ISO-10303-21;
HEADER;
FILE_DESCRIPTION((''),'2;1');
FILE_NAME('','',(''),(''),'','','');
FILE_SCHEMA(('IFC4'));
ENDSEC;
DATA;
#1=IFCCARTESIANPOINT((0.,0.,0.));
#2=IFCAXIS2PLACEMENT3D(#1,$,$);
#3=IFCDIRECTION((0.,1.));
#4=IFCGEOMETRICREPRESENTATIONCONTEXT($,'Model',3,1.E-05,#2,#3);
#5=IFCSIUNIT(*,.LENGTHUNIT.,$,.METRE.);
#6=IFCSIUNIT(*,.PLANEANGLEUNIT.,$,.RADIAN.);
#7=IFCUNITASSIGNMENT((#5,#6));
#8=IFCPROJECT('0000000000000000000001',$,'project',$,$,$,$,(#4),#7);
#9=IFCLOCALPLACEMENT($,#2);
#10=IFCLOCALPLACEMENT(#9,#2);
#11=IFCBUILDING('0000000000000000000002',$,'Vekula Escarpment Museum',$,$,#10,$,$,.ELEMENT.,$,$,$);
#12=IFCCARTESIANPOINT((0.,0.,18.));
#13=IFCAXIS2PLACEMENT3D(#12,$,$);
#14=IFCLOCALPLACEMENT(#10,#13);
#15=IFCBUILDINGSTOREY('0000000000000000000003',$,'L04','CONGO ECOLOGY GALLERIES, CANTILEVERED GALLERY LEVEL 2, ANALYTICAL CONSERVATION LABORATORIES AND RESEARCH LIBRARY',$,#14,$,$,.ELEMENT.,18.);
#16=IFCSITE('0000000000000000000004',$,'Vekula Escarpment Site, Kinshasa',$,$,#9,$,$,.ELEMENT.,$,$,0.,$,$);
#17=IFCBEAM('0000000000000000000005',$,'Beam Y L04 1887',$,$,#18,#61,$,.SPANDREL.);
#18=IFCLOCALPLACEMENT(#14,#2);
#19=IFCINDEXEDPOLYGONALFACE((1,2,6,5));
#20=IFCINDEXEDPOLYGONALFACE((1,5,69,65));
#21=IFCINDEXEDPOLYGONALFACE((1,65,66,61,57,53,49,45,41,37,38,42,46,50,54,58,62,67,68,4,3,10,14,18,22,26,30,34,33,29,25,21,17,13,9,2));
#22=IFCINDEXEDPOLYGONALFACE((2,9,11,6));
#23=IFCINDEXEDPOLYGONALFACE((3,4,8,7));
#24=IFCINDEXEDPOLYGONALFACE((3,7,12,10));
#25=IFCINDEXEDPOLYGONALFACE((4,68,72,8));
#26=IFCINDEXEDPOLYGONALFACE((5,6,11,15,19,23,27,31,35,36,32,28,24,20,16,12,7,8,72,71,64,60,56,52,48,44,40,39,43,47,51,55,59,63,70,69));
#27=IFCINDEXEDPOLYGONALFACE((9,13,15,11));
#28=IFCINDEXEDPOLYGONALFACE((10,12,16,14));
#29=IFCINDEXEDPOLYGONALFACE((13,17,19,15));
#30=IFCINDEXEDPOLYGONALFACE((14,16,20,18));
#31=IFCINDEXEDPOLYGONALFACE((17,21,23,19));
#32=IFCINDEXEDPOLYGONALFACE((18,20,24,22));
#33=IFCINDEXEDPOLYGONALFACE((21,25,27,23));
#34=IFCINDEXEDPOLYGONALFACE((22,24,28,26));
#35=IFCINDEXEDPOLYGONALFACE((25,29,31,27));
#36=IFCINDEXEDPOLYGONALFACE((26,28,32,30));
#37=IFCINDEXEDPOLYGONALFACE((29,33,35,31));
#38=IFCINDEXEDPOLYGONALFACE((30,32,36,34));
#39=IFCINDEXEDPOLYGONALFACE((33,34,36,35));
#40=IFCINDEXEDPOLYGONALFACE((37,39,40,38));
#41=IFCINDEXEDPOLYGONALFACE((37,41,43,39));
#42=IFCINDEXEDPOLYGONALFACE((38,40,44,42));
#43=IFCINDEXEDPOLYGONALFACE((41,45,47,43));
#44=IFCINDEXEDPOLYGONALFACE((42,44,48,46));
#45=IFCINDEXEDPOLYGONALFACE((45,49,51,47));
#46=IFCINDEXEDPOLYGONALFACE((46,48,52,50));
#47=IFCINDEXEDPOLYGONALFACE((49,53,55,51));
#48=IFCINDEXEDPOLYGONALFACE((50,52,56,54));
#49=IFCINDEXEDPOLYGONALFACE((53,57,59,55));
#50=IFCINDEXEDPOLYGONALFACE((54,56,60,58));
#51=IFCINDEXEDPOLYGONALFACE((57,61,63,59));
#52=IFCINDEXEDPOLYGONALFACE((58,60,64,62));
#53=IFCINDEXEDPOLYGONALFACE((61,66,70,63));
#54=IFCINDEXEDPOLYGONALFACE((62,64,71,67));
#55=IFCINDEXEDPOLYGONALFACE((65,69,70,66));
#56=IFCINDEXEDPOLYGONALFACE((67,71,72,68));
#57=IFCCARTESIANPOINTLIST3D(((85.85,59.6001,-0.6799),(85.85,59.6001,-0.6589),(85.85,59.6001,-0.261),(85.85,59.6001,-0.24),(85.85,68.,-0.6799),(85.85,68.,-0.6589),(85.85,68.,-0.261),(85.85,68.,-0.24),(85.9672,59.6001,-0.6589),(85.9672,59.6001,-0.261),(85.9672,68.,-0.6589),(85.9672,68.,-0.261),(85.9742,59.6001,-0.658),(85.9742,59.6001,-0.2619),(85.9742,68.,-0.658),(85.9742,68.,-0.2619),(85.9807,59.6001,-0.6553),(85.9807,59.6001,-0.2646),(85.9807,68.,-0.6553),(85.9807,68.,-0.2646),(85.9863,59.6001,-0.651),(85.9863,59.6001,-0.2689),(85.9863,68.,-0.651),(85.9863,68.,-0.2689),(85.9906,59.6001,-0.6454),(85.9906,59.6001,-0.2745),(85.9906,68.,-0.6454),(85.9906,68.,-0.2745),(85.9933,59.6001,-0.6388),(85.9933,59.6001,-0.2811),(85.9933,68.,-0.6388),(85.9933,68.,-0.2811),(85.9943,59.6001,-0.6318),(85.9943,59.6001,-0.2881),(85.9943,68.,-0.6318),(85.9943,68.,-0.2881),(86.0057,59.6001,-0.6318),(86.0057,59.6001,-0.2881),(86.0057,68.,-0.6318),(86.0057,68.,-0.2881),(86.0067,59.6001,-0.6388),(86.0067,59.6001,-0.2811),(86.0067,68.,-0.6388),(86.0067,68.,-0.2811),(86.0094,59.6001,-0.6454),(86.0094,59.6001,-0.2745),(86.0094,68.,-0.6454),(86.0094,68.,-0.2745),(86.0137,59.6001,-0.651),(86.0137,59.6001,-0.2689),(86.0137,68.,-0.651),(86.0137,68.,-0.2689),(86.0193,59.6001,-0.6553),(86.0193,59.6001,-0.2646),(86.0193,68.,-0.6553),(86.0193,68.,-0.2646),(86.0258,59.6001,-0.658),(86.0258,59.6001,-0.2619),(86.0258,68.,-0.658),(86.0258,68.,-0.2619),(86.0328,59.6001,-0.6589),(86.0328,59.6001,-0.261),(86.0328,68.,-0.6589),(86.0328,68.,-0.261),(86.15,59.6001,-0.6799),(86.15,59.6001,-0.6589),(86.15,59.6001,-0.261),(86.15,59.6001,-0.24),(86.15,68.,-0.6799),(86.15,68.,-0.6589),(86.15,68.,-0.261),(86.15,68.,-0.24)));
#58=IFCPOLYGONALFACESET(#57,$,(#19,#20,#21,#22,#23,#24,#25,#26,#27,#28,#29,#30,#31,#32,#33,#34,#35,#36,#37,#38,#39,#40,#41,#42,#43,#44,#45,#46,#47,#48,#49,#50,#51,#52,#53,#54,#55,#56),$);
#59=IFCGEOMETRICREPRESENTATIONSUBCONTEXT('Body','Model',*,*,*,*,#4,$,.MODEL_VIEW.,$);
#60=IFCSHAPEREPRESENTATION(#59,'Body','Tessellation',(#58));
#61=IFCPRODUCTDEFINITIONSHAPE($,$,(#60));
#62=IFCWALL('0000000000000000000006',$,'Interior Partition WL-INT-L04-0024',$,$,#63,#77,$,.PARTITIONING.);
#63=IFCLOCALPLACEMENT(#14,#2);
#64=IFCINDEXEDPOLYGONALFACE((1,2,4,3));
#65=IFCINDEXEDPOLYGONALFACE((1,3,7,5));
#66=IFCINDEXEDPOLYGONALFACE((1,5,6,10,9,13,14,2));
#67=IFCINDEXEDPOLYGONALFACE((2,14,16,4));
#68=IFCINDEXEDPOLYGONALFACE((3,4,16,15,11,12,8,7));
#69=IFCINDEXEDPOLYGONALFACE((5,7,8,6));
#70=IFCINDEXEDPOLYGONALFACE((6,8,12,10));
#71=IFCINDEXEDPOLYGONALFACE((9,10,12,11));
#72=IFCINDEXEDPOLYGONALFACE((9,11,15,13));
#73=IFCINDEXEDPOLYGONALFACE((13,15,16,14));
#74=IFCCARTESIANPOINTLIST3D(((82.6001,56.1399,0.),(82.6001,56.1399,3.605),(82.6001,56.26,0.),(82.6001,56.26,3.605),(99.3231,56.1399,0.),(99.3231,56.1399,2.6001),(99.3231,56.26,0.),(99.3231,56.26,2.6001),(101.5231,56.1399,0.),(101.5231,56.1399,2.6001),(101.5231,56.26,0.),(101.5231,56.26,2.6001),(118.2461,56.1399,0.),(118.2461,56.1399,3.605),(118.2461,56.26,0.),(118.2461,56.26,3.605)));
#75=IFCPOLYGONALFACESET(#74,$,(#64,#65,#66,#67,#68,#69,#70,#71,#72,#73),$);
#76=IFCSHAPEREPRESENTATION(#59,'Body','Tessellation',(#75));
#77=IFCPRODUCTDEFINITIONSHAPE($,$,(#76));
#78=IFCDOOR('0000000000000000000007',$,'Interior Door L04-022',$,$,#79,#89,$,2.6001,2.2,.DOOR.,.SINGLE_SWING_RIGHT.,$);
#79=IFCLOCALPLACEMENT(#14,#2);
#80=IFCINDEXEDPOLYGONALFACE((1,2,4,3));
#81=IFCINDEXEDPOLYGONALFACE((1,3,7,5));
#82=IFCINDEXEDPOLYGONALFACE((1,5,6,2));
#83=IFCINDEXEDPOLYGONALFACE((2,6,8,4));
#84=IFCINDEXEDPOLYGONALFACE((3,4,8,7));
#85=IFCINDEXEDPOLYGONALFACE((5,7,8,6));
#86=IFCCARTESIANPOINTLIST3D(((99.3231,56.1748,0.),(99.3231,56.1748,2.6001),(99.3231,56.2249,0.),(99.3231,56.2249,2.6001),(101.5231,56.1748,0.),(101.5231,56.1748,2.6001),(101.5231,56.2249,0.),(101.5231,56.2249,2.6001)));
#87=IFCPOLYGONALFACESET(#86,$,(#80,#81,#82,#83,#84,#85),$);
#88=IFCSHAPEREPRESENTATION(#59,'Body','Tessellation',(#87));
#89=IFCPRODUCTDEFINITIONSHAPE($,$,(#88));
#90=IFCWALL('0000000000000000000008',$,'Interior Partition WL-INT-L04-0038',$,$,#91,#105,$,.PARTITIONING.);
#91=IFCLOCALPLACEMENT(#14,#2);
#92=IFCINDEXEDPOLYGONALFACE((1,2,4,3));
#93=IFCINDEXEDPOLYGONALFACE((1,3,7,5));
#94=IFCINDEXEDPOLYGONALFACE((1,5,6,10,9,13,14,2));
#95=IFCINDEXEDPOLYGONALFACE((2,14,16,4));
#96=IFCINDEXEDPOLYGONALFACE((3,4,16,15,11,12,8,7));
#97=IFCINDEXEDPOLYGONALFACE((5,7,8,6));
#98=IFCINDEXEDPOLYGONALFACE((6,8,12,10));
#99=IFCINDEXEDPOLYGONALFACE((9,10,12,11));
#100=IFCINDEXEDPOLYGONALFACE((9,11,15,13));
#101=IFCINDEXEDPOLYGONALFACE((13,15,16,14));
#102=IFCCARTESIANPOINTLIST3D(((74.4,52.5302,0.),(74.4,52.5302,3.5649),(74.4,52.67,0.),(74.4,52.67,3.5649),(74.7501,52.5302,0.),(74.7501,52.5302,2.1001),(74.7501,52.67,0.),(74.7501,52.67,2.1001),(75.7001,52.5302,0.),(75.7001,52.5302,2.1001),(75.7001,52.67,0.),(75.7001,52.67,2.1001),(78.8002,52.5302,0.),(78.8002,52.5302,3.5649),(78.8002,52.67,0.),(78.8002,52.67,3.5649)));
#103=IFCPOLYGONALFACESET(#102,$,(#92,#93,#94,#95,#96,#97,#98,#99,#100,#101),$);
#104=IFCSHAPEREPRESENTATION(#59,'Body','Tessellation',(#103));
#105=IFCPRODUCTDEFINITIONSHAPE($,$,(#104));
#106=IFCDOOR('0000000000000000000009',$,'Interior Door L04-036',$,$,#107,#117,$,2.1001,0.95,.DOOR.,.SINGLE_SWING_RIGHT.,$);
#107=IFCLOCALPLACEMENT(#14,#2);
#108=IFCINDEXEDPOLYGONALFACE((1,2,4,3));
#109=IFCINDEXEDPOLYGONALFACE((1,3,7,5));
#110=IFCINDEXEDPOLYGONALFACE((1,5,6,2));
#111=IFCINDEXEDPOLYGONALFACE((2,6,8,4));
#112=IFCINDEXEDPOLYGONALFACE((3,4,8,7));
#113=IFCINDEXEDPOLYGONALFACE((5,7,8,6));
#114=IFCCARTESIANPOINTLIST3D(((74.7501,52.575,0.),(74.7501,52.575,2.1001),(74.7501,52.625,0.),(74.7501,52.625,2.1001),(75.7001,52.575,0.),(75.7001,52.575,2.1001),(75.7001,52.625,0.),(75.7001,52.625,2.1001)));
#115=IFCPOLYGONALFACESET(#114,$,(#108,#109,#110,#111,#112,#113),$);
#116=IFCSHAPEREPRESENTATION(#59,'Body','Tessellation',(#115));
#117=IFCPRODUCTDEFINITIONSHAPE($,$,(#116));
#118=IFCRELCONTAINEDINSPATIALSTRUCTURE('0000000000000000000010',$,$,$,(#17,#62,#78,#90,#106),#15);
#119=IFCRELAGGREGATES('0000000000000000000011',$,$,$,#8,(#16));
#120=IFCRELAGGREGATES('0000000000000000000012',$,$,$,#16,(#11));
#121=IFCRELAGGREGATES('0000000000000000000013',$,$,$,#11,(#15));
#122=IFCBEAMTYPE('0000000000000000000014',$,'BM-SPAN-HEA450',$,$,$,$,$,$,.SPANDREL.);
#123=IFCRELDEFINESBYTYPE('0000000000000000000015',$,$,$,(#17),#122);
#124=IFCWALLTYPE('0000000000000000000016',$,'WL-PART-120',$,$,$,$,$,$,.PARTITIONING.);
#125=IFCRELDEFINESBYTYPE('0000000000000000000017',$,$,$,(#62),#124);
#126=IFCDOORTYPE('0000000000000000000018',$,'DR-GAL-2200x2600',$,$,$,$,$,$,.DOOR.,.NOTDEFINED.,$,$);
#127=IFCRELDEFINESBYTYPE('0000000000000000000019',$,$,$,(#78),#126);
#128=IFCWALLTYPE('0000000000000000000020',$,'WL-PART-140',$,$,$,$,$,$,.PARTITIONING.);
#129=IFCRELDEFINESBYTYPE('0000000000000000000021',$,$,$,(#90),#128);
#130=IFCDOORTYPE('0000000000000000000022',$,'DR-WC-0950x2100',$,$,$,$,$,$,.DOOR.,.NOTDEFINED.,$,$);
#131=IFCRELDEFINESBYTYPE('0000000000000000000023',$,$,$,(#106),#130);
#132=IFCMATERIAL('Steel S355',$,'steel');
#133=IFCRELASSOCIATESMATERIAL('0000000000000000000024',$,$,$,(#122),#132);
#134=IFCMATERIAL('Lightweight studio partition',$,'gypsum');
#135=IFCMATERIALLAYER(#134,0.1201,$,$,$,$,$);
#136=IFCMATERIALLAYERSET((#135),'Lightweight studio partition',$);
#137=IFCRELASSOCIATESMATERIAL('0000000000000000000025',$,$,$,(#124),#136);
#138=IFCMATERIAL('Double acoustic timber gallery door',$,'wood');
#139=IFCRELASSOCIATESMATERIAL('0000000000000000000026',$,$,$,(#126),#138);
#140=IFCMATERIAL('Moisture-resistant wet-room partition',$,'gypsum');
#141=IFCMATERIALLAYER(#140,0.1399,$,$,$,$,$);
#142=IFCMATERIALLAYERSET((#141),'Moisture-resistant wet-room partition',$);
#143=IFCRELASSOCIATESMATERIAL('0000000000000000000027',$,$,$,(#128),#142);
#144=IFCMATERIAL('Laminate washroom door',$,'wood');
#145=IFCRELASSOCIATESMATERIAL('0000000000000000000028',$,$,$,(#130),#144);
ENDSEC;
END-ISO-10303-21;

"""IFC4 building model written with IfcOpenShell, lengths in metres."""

from ifc_helpers import new_model, si_unit, direction, frame, frame_2d, origin, origin_2d, place, context, subcontext, project, spatial, rectangle, i_section, extrude, material, layer, layer_set, material_profile, profile_set, type_object, element, fill, save


model = new_model("IFC4")

# Units and contexts
model_context = context("Model", 3, precision=1e-05, world=origin(), true_north=direction((0.0, 1.0)))
body_context = subcontext(model_context, "Body", "Model", "MODEL_VIEW")
ifc_project = project(units=[si_unit("LENGTHUNIT", "METRE"), si_unit("PLANEANGLEUNIT", "RADIAN")], contexts=[model_context])

# Site, building, storey
site_placement = place(None, origin())
site = spatial("IfcSite", under=ifc_project, at=site_placement, Name="Vekula Escarpment Site, Kinshasa", CompositionType="ELEMENT", RefElevation=0.0)
building_placement = place(site_placement, origin())
building = spatial("IfcBuilding", under=site, at=building_placement, Name="Vekula Escarpment Museum", CompositionType="ELEMENT")
storey_placement = place(building_placement, frame((0.0, 0.0, 18.0)))
storey = spatial("IfcBuildingStorey", under=building, at=storey_placement, Name="L04", Description="CONGO ECOLOGY GALLERIES, CANTILEVERED GALLERY LEVEL 2, ANALYTICAL CONSERVATION LABORATORIES AND RESEARCH LIBRARY", CompositionType="ELEMENT", Elevation=18.0)

# Beam
ifc_material_1 = material(Name="Steel S355", Category="steel")
ifc_material_profile_1 = material_profile(ifc_material_1, i_section(OverallWidth=0.3, OverallDepth=0.4399, WebThickness=0.0115, FlangeThickness=0.021, FilletRadius=0.0271, at=origin_2d()), Name="HEA 450")
ifc_profile_set_1 = profile_set([ifc_material_profile_1], Name="Steel S355")
beam_type_1 = type_object("IfcBeamType", Name="BM-SPAN-HEA450", PredefinedType="SPANDREL", material=ifc_profile_set_1)
beam_1_placement = place(storey_placement, frame((86.0, 59.6001, -0.46), z_axis=(0.0, 1.0, 0.0), x_axis=(-1.0, 0.0, 0.0)))
element("IfcBeam", 1, at=beam_1_placement, inside=storey, type_object=beam_type_1, Name="Beam Y L04 1887", PredefinedType="SPANDREL", context=body_context, shape_type="SweptSolid", body=[
    extrude(i_section(OverallWidth=0.3, OverallDepth=0.4399, WebThickness=0.0115, FlangeThickness=0.021, FilletRadius=0.0271, at=origin_2d()), origin(), (0.0, 0.0, 1.0), 8.3999),
])

# Walls, openings, doors
ifc_material_2 = material(Name="Lightweight studio partition", Category="gypsum")
ifc_layer_1 = layer(ifc_material_2, 0.1201)
ifc_layer_set_1 = layer_set([ifc_layer_1], Name="Lightweight studio partition")
wall_type_1 = type_object("IfcWallType", Name="WL-PART-120", PredefinedType="PARTITIONING", material=ifc_layer_set_1)
wall_1_placement = place(storey_placement, frame((82.6001, 56.2, 0.0), z_axis=(0.0, 0.0, 1.0), x_axis=(1.0, 0.0, 0.0)))
wall_1 = element("IfcWall", 2, at=wall_1_placement, inside=storey, type_object=wall_type_1, Name="Interior Partition WL-INT-L04-0024", PredefinedType="PARTITIONING", context=body_context, shape_type="SweptSolid", body=[
    extrude(rectangle(XDim=35.646, YDim=0.1201, at=frame_2d((17.823, 0.0))), origin(), (0.0, 0.0, 1.0), 3.605),
])
opening_1_placement = place(wall_1_placement, frame((16.7229, 0.0, 0.0)))
opening_1 = element("IfcOpeningElement", 3, at=opening_1_placement, cuts=wall_1, PredefinedType="OPENING", context=body_context, shape_type="SweptSolid", body=[
    extrude(rectangle(XDim=2.2, YDim=2.6001, at=frame_2d((1.1001, 1.3))), frame((0.0, 0.0701, 0.0), z_axis=(0.0, -1.0, 0.0), x_axis=(1.0, 0.0, 0.0)), (0.0, 0.0, 1.0), 0.1401),
])
ifc_material_3 = material(Name="Double acoustic timber gallery door", Category="wood")
door_type_1 = type_object("IfcDoorType", Name="DR-GAL-2200x2600", OperationType="NOTDEFINED", PredefinedType="DOOR", material=ifc_material_3)
door_1_placement = place(opening_1_placement, origin())
door_1 = element("IfcDoor", 4, at=door_1_placement, inside=storey, type_object=door_type_1, Name="Interior Door L04-022", OperationType="SINGLE_SWING_RIGHT", OverallHeight=2.6001, OverallWidth=2.2, PredefinedType="DOOR", context=body_context, shape_type="SweptSolid", body=[
    extrude(rectangle(XDim=2.2, YDim=2.6001, at=frame_2d((1.1001, 1.3))), frame((0.0, 0.0249, 0.0), z_axis=(0.0, -1.0, 0.0), x_axis=(1.0, 0.0, 0.0)), (0.0, 0.0, 1.0), 0.05),
])
fill(opening_1, door_1)
ifc_material_4 = material(Name="Moisture-resistant wet-room partition", Category="gypsum")
ifc_layer_2 = layer(ifc_material_4, 0.1399)
ifc_layer_set_2 = layer_set([ifc_layer_2], Name="Moisture-resistant wet-room partition")
wall_type_2 = type_object("IfcWallType", Name="WL-PART-140", PredefinedType="PARTITIONING", material=ifc_layer_set_2)
wall_2_placement = place(storey_placement, frame((74.3999, 52.6001, 0.0), z_axis=(0.0, 0.0, 1.0), x_axis=(1.0, 0.0, 0.0)))
wall_2 = element("IfcWall", 5, at=wall_2_placement, inside=storey, type_object=wall_type_2, Name="Interior Partition WL-INT-L04-0038", PredefinedType="PARTITIONING", context=body_context, shape_type="SweptSolid", body=[
    extrude(rectangle(XDim=4.4001, YDim=0.1399, at=frame_2d((2.2002, 0.0))), origin(), (0.0, 0.0, 1.0), 3.5649),
])
opening_2_placement = place(wall_2_placement, frame((0.3501, 0.0, 0.0)))
opening_2 = element("IfcOpeningElement", 6, at=opening_2_placement, cuts=wall_2, PredefinedType="OPENING", context=body_context, shape_type="SweptSolid", body=[
    extrude(rectangle(XDim=0.95, YDim=2.1001, at=frame_2d((0.4751, 1.05))), frame((0.0, 0.0798, 0.0), z_axis=(0.0, -1.0, 0.0), x_axis=(1.0, 0.0, 0.0)), (0.0, 0.0, 1.0), 0.1599),
])
ifc_material_5 = material(Name="Laminate washroom door", Category="wood")
door_type_2 = type_object("IfcDoorType", Name="DR-WC-0950x2100", OperationType="NOTDEFINED", PredefinedType="DOOR", material=ifc_material_5)
door_2_placement = place(opening_2_placement, origin())
door_2 = element("IfcDoor", 7, at=door_2_placement, inside=storey, type_object=door_type_2, Name="Interior Door L04-036", OperationType="SINGLE_SWING_RIGHT", OverallHeight=2.1001, OverallWidth=0.95, PredefinedType="DOOR", context=body_context, shape_type="SweptSolid", body=[
    extrude(rectangle(XDim=0.95, YDim=2.1001, at=frame_2d((0.4751, 1.05))), frame((0.0, 0.0249, 0.0), z_axis=(0.0, -1.0, 0.0), x_axis=(1.0, 0.0, 0.0)), (0.0, 0.0, 1.0), 0.05),
])
fill(opening_2, door_2)

save(model, "model.ifc")
